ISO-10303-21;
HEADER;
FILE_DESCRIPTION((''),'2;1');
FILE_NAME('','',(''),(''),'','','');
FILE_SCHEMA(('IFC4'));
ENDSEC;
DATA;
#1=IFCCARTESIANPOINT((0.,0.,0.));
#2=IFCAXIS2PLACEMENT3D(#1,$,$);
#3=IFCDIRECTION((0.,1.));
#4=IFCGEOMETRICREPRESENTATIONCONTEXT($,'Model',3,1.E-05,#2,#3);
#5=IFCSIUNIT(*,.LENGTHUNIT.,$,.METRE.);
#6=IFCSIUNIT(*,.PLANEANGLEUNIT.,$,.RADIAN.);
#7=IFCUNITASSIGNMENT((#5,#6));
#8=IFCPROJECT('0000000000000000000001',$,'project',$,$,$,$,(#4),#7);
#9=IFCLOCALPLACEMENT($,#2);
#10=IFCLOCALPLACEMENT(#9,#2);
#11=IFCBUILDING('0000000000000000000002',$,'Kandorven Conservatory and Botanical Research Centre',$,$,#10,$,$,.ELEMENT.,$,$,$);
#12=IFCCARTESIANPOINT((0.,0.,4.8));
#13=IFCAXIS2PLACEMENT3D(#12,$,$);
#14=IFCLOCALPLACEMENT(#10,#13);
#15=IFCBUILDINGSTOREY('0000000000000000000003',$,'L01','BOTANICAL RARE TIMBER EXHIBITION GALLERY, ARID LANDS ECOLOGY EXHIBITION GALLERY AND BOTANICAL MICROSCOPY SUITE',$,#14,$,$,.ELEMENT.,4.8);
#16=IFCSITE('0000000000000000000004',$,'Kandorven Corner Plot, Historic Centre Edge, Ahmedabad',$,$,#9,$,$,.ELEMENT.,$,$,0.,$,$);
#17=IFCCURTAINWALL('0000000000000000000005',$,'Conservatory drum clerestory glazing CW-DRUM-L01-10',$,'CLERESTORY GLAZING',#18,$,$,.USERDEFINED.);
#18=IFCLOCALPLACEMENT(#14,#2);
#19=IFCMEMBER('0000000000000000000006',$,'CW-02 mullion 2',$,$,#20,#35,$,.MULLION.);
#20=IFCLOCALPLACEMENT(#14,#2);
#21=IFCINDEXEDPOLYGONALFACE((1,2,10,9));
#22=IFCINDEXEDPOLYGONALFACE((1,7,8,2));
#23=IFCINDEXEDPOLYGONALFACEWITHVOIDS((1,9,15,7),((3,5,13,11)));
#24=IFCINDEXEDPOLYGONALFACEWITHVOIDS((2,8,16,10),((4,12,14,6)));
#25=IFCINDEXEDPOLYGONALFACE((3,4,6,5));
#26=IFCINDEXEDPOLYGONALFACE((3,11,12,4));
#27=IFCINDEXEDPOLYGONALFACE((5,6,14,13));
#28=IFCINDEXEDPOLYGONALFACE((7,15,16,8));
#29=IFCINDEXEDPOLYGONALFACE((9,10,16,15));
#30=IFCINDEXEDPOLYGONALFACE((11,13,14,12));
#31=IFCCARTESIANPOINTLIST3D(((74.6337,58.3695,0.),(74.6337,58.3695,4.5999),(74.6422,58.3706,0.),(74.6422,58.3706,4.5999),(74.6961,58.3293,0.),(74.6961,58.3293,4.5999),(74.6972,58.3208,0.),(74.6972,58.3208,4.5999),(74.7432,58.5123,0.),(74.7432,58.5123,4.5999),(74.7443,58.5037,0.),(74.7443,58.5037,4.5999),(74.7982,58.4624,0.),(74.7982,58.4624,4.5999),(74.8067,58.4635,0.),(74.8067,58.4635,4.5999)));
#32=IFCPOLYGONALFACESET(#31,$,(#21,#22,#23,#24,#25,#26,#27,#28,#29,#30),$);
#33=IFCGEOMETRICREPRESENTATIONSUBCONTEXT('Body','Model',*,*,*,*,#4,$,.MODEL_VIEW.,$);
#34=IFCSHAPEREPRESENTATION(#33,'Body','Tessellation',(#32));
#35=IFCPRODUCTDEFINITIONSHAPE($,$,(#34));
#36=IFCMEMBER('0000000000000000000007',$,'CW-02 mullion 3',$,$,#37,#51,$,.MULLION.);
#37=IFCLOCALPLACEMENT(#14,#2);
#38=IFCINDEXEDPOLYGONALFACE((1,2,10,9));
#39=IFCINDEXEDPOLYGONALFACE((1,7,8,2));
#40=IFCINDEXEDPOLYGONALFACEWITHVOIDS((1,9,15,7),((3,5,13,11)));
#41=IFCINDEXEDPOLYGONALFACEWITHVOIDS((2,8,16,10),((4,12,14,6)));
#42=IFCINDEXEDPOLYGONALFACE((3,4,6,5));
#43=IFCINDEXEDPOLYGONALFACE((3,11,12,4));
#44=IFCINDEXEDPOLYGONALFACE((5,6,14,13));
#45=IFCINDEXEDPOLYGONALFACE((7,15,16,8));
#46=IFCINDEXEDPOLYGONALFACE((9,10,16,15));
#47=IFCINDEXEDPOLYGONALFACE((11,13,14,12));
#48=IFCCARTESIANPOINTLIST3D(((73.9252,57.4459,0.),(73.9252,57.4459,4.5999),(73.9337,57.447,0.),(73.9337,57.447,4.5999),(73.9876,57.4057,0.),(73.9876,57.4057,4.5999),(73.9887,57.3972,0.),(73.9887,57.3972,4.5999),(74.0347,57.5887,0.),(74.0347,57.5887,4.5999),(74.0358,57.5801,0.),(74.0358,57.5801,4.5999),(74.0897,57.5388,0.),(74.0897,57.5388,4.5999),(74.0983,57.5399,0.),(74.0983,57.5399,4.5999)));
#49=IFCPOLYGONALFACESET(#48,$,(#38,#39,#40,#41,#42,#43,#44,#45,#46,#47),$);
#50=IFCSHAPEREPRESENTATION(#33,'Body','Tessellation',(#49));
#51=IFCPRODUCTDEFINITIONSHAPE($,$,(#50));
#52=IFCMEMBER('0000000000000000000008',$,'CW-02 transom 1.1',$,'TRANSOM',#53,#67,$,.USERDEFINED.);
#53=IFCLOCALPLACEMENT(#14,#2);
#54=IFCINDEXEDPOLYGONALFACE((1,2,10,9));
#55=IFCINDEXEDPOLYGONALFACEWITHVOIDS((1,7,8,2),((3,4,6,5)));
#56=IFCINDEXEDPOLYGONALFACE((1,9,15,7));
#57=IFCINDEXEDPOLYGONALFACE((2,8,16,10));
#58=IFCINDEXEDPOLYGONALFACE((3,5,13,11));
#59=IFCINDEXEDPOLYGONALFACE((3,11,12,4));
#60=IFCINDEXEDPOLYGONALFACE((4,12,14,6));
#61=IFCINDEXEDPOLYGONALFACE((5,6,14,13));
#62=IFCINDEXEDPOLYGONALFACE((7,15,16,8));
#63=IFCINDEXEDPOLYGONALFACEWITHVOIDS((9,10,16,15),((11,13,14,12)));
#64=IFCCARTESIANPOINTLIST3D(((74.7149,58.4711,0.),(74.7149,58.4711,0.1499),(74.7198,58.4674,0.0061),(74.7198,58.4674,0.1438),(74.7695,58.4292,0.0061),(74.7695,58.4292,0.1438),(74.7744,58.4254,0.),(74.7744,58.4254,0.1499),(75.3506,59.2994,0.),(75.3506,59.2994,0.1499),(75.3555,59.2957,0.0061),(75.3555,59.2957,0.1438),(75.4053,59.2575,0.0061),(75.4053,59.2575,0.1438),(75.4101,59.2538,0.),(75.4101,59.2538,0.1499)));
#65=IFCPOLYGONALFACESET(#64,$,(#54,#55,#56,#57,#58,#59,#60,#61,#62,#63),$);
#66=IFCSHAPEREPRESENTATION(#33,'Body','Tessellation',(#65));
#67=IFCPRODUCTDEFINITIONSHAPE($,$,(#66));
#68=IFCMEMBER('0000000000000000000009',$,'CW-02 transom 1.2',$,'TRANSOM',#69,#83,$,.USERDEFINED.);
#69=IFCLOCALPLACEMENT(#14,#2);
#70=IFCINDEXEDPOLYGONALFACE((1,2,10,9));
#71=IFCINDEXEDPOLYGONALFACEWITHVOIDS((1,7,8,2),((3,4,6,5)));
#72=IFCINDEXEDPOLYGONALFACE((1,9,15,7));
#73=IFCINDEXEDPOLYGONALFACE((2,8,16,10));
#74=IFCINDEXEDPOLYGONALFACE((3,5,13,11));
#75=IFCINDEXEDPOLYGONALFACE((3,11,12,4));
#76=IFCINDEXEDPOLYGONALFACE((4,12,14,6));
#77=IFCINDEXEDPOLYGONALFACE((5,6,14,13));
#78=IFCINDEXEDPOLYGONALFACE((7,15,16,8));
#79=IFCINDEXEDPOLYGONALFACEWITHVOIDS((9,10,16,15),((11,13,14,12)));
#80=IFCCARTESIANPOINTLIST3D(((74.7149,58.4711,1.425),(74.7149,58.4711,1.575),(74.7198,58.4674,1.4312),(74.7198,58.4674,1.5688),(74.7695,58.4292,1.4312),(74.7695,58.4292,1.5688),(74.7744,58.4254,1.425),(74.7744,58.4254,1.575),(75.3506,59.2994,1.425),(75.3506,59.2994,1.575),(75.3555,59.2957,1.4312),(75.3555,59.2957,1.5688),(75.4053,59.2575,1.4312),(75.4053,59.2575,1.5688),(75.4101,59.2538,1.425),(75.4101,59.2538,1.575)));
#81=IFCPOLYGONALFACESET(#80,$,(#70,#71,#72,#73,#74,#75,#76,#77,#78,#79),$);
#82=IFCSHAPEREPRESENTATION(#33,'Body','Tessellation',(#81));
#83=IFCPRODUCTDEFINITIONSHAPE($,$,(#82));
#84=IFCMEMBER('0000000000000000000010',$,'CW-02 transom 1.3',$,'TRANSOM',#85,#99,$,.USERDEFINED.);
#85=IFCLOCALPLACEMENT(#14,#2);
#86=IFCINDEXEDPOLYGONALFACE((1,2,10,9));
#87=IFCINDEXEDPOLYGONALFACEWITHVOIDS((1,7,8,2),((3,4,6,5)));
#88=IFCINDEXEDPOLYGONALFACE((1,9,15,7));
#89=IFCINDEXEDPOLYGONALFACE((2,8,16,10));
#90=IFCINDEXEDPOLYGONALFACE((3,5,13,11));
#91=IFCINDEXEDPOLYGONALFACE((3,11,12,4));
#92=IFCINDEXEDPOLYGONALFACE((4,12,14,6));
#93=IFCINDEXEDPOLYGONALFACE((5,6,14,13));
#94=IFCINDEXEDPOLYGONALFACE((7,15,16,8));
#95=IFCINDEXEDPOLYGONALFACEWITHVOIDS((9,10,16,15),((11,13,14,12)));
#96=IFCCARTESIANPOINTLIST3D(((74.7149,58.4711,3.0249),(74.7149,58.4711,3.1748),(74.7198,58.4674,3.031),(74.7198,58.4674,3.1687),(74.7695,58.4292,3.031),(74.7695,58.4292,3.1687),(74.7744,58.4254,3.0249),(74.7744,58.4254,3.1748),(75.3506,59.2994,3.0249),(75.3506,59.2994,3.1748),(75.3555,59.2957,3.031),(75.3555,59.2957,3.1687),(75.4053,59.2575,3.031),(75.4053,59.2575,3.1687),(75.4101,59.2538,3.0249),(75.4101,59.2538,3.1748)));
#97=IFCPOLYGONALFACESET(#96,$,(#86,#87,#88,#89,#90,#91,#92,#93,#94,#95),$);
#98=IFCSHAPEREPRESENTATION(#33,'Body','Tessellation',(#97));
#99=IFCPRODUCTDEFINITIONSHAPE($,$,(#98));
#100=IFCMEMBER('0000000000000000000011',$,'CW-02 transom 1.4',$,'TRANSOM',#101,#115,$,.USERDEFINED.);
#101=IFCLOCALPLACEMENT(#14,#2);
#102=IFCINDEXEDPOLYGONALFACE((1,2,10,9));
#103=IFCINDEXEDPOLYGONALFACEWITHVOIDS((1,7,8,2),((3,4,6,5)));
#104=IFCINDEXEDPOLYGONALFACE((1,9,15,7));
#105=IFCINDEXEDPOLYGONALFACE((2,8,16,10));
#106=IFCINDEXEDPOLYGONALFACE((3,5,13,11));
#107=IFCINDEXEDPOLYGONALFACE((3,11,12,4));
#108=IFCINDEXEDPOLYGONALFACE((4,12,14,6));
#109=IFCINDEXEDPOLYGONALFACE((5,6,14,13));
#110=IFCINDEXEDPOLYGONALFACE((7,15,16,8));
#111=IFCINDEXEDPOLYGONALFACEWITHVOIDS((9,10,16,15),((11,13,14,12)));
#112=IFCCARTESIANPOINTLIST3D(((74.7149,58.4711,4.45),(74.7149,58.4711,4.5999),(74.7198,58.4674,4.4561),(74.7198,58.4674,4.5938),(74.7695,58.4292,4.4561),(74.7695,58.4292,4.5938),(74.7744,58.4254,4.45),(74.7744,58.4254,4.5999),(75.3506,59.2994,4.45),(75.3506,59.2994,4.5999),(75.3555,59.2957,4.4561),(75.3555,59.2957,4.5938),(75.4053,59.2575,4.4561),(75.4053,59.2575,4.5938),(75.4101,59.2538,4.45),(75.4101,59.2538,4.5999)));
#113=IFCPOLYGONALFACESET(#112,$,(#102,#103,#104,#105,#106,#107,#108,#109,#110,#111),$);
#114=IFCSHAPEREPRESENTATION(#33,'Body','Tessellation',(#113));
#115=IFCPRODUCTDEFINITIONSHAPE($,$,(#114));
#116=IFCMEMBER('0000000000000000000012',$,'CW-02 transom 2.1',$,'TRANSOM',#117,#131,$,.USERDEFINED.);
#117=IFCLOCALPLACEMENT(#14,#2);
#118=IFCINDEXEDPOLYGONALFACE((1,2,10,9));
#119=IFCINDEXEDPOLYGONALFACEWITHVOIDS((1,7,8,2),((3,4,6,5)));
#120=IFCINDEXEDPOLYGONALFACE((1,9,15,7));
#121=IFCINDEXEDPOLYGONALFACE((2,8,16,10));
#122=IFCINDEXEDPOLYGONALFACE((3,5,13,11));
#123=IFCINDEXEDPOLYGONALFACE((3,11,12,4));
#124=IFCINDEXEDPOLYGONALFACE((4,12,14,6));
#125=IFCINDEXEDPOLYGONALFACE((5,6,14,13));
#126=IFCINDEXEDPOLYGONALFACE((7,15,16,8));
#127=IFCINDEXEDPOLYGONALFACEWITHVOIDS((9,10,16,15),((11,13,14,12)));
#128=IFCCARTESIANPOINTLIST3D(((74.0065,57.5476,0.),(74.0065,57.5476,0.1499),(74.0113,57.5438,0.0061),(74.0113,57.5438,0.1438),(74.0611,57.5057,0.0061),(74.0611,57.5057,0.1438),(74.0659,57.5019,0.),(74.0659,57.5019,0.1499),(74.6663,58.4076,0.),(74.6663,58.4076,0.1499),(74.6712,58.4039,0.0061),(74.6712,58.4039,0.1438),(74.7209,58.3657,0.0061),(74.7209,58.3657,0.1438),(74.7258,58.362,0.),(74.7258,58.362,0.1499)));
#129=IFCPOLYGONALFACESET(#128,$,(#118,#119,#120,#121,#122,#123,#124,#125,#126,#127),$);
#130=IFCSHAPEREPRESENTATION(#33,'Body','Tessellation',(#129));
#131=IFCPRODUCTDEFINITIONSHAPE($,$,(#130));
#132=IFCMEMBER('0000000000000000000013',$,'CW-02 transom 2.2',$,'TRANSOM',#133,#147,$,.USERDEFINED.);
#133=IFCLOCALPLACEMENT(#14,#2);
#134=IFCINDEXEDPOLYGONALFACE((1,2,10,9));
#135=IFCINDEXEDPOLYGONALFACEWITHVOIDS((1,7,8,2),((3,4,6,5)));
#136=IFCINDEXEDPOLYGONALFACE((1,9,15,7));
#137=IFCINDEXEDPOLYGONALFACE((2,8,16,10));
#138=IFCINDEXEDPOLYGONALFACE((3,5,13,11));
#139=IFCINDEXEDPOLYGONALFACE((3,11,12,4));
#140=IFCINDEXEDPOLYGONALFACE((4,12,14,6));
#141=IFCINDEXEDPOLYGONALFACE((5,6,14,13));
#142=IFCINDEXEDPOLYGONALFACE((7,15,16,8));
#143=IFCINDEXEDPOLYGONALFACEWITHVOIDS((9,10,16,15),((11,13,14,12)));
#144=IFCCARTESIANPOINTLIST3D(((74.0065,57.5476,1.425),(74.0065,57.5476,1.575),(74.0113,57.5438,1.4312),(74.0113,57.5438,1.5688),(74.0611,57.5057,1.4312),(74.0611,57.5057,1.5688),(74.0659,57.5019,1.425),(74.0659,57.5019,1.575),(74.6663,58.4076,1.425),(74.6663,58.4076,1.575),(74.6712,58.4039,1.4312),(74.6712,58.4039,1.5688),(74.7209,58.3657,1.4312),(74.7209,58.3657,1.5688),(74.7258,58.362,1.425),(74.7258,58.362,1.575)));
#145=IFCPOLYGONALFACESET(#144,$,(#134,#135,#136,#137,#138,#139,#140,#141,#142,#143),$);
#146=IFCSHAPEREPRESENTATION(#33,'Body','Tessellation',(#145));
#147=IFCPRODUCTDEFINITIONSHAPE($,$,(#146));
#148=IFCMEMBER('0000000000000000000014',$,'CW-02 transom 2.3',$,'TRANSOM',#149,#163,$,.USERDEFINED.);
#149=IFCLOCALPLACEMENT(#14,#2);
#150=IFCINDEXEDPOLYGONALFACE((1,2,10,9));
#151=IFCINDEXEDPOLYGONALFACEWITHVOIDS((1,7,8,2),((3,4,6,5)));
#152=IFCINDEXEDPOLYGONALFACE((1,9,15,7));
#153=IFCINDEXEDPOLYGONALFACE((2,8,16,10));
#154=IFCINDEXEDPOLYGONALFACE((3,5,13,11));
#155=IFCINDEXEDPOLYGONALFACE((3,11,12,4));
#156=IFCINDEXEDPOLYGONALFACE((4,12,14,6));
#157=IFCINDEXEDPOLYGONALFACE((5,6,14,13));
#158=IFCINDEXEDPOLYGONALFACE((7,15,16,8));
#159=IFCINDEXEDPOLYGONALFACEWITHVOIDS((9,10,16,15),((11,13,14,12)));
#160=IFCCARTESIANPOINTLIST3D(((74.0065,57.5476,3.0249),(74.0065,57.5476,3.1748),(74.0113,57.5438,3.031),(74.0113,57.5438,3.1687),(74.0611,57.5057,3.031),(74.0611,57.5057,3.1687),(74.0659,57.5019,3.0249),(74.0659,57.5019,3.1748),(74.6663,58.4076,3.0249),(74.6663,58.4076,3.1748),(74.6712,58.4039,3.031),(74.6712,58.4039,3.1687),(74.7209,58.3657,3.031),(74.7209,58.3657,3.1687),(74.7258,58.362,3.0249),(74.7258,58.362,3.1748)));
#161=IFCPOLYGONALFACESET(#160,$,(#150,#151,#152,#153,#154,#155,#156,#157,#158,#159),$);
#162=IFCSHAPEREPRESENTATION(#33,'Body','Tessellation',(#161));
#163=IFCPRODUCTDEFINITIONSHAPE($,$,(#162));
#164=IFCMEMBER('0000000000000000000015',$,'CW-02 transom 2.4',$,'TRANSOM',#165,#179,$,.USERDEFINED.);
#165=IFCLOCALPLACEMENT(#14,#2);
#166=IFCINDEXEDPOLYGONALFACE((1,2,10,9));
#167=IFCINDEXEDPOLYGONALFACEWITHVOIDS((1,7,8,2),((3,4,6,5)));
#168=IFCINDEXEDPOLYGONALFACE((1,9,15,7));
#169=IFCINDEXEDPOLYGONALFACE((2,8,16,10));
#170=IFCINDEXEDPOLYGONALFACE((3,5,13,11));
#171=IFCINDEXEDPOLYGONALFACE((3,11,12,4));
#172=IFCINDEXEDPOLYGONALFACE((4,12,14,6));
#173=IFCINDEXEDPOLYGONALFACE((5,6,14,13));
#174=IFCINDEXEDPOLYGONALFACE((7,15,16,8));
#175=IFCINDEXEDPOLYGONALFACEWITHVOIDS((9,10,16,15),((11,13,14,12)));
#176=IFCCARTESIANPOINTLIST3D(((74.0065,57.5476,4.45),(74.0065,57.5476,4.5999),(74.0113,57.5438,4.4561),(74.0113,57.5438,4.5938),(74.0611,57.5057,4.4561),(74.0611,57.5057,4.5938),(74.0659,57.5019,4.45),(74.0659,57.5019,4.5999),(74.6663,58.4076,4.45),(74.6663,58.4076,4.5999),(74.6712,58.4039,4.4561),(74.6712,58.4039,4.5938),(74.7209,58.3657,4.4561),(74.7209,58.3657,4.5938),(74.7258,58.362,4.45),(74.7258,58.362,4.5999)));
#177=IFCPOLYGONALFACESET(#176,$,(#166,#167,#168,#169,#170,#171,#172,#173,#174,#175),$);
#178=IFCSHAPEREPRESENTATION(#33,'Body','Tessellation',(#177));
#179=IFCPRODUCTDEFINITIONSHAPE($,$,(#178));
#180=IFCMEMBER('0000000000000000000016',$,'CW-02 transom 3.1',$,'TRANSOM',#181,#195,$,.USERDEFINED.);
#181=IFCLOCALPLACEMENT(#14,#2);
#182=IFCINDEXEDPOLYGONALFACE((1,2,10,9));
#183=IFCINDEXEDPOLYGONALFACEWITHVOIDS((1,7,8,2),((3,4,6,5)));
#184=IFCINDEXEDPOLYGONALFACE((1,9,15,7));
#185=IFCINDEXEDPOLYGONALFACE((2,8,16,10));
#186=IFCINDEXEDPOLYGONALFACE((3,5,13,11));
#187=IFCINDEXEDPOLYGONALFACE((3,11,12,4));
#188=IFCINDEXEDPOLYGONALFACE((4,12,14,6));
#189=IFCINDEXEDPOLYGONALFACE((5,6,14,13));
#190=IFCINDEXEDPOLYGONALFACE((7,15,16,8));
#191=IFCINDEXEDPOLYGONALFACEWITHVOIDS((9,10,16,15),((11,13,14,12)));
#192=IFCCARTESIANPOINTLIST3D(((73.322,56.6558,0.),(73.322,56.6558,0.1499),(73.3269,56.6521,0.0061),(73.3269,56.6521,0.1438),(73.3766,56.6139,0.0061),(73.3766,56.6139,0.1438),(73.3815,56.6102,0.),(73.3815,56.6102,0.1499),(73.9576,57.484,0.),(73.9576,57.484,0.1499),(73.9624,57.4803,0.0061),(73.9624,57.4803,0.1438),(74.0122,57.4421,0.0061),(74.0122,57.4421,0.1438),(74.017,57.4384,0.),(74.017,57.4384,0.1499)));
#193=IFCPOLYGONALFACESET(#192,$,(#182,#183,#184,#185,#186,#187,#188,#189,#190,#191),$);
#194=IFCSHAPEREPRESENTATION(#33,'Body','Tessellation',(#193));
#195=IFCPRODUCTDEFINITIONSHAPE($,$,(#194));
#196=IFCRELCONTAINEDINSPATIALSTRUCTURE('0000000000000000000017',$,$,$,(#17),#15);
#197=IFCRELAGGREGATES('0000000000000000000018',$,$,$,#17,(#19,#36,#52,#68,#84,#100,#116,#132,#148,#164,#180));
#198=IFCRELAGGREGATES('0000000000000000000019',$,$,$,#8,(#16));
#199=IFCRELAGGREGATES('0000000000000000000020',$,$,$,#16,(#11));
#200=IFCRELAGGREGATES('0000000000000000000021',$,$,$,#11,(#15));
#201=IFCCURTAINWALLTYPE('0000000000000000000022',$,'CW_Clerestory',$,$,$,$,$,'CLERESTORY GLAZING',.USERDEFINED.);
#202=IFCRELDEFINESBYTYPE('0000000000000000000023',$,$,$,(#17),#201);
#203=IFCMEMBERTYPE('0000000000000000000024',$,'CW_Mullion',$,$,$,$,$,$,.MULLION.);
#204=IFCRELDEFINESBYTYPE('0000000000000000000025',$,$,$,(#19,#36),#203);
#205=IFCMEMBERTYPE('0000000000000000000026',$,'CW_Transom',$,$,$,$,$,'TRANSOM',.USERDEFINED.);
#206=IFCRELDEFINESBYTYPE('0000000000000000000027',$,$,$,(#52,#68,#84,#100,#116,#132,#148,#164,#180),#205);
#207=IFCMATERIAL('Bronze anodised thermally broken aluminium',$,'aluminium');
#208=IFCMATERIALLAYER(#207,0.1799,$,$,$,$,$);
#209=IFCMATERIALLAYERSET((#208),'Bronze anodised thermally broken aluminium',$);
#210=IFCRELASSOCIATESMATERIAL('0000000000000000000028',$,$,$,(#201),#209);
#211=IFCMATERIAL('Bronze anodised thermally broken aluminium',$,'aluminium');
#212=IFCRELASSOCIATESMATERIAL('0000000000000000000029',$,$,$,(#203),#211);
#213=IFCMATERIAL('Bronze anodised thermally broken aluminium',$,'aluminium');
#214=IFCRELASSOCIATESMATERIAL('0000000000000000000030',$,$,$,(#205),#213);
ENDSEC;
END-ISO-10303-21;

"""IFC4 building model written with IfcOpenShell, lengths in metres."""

from ifc_helpers import new_model, si_unit, direction, frame, origin, origin_2d, place, context, subcontext, project, spatial, hollow_rectangle, extrude, material, layer, layer_set, material_profile, profile_set, type_object, element, aggregate, save


model = new_model("IFC4")

# Units and contexts
model_context = context("Model", 3, precision=1e-05, world=origin(), true_north=direction((0.0, 1.0)))
body_context = subcontext(model_context, "Body", "Model", "MODEL_VIEW")
ifc_project = project(units=[si_unit("LENGTHUNIT", "METRE"), si_unit("PLANEANGLEUNIT", "RADIAN")], contexts=[model_context])

# Site, building, storey
site_placement = place(None, origin())
site = spatial("IfcSite", under=ifc_project, at=site_placement, Name="Kandorven Corner Plot, Historic Centre Edge, Ahmedabad", CompositionType="ELEMENT", RefElevation=0.0)
building_placement = place(site_placement, origin())
building = spatial("IfcBuilding", under=site, at=building_placement, Name="Kandorven Conservatory and Botanical Research Centre", CompositionType="ELEMENT")
storey_placement = place(building_placement, frame((0.0, 0.0, 4.8)))
storey = spatial("IfcBuildingStorey", under=building, at=storey_placement, Name="L01", Description="BOTANICAL RARE TIMBER EXHIBITION GALLERY, ARID LANDS ECOLOGY EXHIBITION GALLERY AND BOTANICAL MICROSCOPY SUITE", CompositionType="ELEMENT", Elevation=4.8)

# Curtain wall, members
ifc_material_1 = material(Name="Bronze anodised thermally broken aluminium", Category="aluminium")
ifc_layer_1 = layer(ifc_material_1, 0.1799)
ifc_layer_set_1 = layer_set([ifc_layer_1], Name="Bronze anodised thermally broken aluminium")
curtain_wall_type = type_object("IfcCurtainWallType", Name="CW_Clerestory", ElementType="CLERESTORY GLAZING", PredefinedType="USERDEFINED", material=ifc_layer_set_1)
curtain_wall_placement = place(storey_placement, origin())
curtain_wall = element("IfcCurtainWall", 1, at=curtain_wall_placement, inside=storey, type_object=curtain_wall_type, Name="Conservatory drum clerestory glazing CW-DRUM-L01-10", ObjectType="CLERESTORY GLAZING", PredefinedType="USERDEFINED")
ifc_material_2 = material(Name="Bronze anodised thermally broken aluminium", Category="aluminium")
ifc_material_profile_1 = material_profile(ifc_material_2, hollow_rectangle(XDim=0.0801, YDim=0.1799, WallThickness=0.0061, at=origin_2d()))
ifc_profile_set_1 = profile_set([ifc_material_profile_1], Name="Bronze anodised thermally broken aluminium")
member_type_1 = type_object("IfcMemberType", Name="CW_Mullion", PredefinedType="MULLION", material=ifc_profile_set_1)
member_1_placement = place(storey_placement, frame((74.7202, 58.4165, 0.0), z_axis=(0.0, 0.0, 1.0), x_axis=(0.793347, -0.608769, 0.0)))
member_1 = element("IfcMember", 2, at=member_1_placement, type_object=member_type_1, Name="CW-02 mullion 2", PredefinedType="MULLION", context=body_context, shape_type="SweptSolid", body=[
    extrude(hollow_rectangle(XDim=0.0801, YDim=0.1799, WallThickness=0.0061, at=origin_2d()), origin(), (0.0, 0.0, 1.0), 4.5999),
])
member_2_placement = place(storey_placement, frame((74.0117, 57.4929, 0.0), z_axis=(0.0, 0.0, 1.0), x_axis=(0.793347, -0.608769, 0.0)))
member_2 = element("IfcMember", 3, at=member_2_placement, type_object=member_type_1, Name="CW-02 mullion 3", PredefinedType="MULLION", context=body_context, shape_type="SweptSolid", body=[
    extrude(hollow_rectangle(XDim=0.0801, YDim=0.1799, WallThickness=0.0061, at=origin_2d()), origin(), (0.0, 0.0, 1.0), 4.5999),
])
ifc_material_3 = material(Name="Bronze anodised thermally broken aluminium", Category="aluminium")
ifc_material_profile_2 = material_profile(ifc_material_3, hollow_rectangle(XDim=0.075, YDim=0.1499, WallThickness=0.0061, at=origin_2d()))
ifc_profile_set_2 = profile_set([ifc_material_profile_2], Name="Bronze anodised thermally broken aluminium")
member_type_2 = type_object("IfcMemberType", Name="CW_Transom", ElementType="TRANSOM", PredefinedType="USERDEFINED", material=ifc_profile_set_2)
member_3_placement = place(storey_placement, frame((75.3804, 59.2766, 0.075), z_axis=(-0.608829, -0.793301, 0.0), x_axis=(0.793301, -0.608829, 0.0)))
member_3 = element("IfcMember", 4, at=member_3_placement, type_object=member_type_2, Name="CW-02 transom 1.1", ObjectType="TRANSOM", PredefinedType="USERDEFINED", context=body_context, shape_type="SweptSolid", body=[
    extrude(hollow_rectangle(XDim=0.075, YDim=0.1499, WallThickness=0.0061, at=origin_2d()), origin(), (0.0, 0.0, 1.0), 1.0442),
])
member_4_placement = place(storey_placement, frame((75.3804, 59.2766, 1.5), z_axis=(-0.608829, -0.793301, 0.0), x_axis=(0.793301, -0.608829, 0.0)))
member_4 = element("IfcMember", 5, at=member_4_placement, type_object=member_type_2, Name="CW-02 transom 1.2", ObjectType="TRANSOM", PredefinedType="USERDEFINED", context=body_context, shape_type="SweptSolid", body=[
    extrude(hollow_rectangle(XDim=0.075, YDim=0.1499, WallThickness=0.0061, at=origin_2d()), origin(), (0.0, 0.0, 1.0), 1.0442),
])
member_5_placement = place(storey_placement, frame((75.3804, 59.2766, 3.0999), z_axis=(-0.608829, -0.793301, 0.0), x_axis=(0.793301, -0.608829, 0.0)))
member_5 = element("IfcMember", 6, at=member_5_placement, type_object=member_type_2, Name="CW-02 transom 1.3", ObjectType="TRANSOM", PredefinedType="USERDEFINED", context=body_context, shape_type="SweptSolid", body=[
    extrude(hollow_rectangle(XDim=0.075, YDim=0.1499, WallThickness=0.0061, at=origin_2d()), origin(), (0.0, 0.0, 1.0), 1.0442),
])
member_6_placement = place(storey_placement, frame((75.3804, 59.2766, 4.5249), z_axis=(-0.608829, -0.793301, 0.0), x_axis=(0.793301, -0.608829, 0.0)))
member_6 = element("IfcMember", 7, at=member_6_placement, type_object=member_type_2, Name="CW-02 transom 1.4", ObjectType="TRANSOM", PredefinedType="USERDEFINED", context=body_context, shape_type="SweptSolid", body=[
    extrude(hollow_rectangle(XDim=0.075, YDim=0.1499, WallThickness=0.0061, at=origin_2d()), origin(), (0.0, 0.0, 1.0), 1.0442),
])
member_7_placement = place(storey_placement, frame((74.696, 58.3848, 0.075), z_axis=(-0.60872, -0.793385, 0.0), x_axis=(0.793385, -0.60872, 0.0)))
member_7 = element("IfcMember", 8, at=member_7_placement, type_object=member_type_2, Name="CW-02 transom 2.1", ObjectType="TRANSOM", PredefinedType="USERDEFINED", context=body_context, shape_type="SweptSolid", body=[
    extrude(hollow_rectangle(XDim=0.075, YDim=0.1499, WallThickness=0.0061, at=origin_2d()), origin(), (0.0, 0.0, 1.0), 1.084),
])
member_8_placement = place(storey_placement, frame((74.696, 58.3848, 1.5), z_axis=(-0.60872, -0.793385, 0.0), x_axis=(0.793385, -0.60872, 0.0)))
member_8 = element("IfcMember", 9, at=member_8_placement, type_object=member_type_2, Name="CW-02 transom 2.2", ObjectType="TRANSOM", PredefinedType="USERDEFINED", context=body_context, shape_type="SweptSolid", body=[
    extrude(hollow_rectangle(XDim=0.075, YDim=0.1499, WallThickness=0.0061, at=origin_2d()), origin(), (0.0, 0.0, 1.0), 1.084),
])
member_9_placement = place(storey_placement, frame((74.696, 58.3848, 3.0999), z_axis=(-0.60872, -0.793385, 0.0), x_axis=(0.793385, -0.60872, 0.0)))
member_9 = element("IfcMember", 10, at=member_9_placement, type_object=member_type_2, Name="CW-02 transom 2.3", ObjectType="TRANSOM", PredefinedType="USERDEFINED", context=body_context, shape_type="SweptSolid", body=[
    extrude(hollow_rectangle(XDim=0.075, YDim=0.1499, WallThickness=0.0061, at=origin_2d()), origin(), (0.0, 0.0, 1.0), 1.084),
])
member_10_placement = place(storey_placement, frame((74.696, 58.3848, 4.5249), z_axis=(-0.60872, -0.793385, 0.0), x_axis=(0.793385, -0.60872, 0.0)))
member_10 = element("IfcMember", 11, at=member_10_placement, type_object=member_type_2, Name="CW-02 transom 2.4", ObjectType="TRANSOM", PredefinedType="USERDEFINED", context=body_context, shape_type="SweptSolid", body=[
    extrude(hollow_rectangle(XDim=0.075, YDim=0.1499, WallThickness=0.0061, at=origin_2d()), origin(), (0.0, 0.0, 1.0), 1.084),
])
member_11_placement = place(storey_placement, frame((73.9873, 57.4612, 0.075), z_axis=(-0.608795, -0.793328, 0.0), x_axis=(0.793328, -0.608795, 0.0)))
member_11 = element("IfcMember", 12, at=member_11_placement, type_object=member_type_2, Name="CW-02 transom 3.1", ObjectType="TRANSOM", PredefinedType="USERDEFINED", context=body_context, shape_type="SweptSolid", body=[
    extrude(hollow_rectangle(XDim=0.075, YDim=0.1499, WallThickness=0.0061, at=origin_2d()), origin(), (0.0, 0.0, 1.0), 1.0439),
])
aggregate(curtain_wall, [member_1, member_2, member_3, member_4, member_5, member_6, member_7, member_8, member_9, member_10, member_11])

save(model, "model.ifc")
